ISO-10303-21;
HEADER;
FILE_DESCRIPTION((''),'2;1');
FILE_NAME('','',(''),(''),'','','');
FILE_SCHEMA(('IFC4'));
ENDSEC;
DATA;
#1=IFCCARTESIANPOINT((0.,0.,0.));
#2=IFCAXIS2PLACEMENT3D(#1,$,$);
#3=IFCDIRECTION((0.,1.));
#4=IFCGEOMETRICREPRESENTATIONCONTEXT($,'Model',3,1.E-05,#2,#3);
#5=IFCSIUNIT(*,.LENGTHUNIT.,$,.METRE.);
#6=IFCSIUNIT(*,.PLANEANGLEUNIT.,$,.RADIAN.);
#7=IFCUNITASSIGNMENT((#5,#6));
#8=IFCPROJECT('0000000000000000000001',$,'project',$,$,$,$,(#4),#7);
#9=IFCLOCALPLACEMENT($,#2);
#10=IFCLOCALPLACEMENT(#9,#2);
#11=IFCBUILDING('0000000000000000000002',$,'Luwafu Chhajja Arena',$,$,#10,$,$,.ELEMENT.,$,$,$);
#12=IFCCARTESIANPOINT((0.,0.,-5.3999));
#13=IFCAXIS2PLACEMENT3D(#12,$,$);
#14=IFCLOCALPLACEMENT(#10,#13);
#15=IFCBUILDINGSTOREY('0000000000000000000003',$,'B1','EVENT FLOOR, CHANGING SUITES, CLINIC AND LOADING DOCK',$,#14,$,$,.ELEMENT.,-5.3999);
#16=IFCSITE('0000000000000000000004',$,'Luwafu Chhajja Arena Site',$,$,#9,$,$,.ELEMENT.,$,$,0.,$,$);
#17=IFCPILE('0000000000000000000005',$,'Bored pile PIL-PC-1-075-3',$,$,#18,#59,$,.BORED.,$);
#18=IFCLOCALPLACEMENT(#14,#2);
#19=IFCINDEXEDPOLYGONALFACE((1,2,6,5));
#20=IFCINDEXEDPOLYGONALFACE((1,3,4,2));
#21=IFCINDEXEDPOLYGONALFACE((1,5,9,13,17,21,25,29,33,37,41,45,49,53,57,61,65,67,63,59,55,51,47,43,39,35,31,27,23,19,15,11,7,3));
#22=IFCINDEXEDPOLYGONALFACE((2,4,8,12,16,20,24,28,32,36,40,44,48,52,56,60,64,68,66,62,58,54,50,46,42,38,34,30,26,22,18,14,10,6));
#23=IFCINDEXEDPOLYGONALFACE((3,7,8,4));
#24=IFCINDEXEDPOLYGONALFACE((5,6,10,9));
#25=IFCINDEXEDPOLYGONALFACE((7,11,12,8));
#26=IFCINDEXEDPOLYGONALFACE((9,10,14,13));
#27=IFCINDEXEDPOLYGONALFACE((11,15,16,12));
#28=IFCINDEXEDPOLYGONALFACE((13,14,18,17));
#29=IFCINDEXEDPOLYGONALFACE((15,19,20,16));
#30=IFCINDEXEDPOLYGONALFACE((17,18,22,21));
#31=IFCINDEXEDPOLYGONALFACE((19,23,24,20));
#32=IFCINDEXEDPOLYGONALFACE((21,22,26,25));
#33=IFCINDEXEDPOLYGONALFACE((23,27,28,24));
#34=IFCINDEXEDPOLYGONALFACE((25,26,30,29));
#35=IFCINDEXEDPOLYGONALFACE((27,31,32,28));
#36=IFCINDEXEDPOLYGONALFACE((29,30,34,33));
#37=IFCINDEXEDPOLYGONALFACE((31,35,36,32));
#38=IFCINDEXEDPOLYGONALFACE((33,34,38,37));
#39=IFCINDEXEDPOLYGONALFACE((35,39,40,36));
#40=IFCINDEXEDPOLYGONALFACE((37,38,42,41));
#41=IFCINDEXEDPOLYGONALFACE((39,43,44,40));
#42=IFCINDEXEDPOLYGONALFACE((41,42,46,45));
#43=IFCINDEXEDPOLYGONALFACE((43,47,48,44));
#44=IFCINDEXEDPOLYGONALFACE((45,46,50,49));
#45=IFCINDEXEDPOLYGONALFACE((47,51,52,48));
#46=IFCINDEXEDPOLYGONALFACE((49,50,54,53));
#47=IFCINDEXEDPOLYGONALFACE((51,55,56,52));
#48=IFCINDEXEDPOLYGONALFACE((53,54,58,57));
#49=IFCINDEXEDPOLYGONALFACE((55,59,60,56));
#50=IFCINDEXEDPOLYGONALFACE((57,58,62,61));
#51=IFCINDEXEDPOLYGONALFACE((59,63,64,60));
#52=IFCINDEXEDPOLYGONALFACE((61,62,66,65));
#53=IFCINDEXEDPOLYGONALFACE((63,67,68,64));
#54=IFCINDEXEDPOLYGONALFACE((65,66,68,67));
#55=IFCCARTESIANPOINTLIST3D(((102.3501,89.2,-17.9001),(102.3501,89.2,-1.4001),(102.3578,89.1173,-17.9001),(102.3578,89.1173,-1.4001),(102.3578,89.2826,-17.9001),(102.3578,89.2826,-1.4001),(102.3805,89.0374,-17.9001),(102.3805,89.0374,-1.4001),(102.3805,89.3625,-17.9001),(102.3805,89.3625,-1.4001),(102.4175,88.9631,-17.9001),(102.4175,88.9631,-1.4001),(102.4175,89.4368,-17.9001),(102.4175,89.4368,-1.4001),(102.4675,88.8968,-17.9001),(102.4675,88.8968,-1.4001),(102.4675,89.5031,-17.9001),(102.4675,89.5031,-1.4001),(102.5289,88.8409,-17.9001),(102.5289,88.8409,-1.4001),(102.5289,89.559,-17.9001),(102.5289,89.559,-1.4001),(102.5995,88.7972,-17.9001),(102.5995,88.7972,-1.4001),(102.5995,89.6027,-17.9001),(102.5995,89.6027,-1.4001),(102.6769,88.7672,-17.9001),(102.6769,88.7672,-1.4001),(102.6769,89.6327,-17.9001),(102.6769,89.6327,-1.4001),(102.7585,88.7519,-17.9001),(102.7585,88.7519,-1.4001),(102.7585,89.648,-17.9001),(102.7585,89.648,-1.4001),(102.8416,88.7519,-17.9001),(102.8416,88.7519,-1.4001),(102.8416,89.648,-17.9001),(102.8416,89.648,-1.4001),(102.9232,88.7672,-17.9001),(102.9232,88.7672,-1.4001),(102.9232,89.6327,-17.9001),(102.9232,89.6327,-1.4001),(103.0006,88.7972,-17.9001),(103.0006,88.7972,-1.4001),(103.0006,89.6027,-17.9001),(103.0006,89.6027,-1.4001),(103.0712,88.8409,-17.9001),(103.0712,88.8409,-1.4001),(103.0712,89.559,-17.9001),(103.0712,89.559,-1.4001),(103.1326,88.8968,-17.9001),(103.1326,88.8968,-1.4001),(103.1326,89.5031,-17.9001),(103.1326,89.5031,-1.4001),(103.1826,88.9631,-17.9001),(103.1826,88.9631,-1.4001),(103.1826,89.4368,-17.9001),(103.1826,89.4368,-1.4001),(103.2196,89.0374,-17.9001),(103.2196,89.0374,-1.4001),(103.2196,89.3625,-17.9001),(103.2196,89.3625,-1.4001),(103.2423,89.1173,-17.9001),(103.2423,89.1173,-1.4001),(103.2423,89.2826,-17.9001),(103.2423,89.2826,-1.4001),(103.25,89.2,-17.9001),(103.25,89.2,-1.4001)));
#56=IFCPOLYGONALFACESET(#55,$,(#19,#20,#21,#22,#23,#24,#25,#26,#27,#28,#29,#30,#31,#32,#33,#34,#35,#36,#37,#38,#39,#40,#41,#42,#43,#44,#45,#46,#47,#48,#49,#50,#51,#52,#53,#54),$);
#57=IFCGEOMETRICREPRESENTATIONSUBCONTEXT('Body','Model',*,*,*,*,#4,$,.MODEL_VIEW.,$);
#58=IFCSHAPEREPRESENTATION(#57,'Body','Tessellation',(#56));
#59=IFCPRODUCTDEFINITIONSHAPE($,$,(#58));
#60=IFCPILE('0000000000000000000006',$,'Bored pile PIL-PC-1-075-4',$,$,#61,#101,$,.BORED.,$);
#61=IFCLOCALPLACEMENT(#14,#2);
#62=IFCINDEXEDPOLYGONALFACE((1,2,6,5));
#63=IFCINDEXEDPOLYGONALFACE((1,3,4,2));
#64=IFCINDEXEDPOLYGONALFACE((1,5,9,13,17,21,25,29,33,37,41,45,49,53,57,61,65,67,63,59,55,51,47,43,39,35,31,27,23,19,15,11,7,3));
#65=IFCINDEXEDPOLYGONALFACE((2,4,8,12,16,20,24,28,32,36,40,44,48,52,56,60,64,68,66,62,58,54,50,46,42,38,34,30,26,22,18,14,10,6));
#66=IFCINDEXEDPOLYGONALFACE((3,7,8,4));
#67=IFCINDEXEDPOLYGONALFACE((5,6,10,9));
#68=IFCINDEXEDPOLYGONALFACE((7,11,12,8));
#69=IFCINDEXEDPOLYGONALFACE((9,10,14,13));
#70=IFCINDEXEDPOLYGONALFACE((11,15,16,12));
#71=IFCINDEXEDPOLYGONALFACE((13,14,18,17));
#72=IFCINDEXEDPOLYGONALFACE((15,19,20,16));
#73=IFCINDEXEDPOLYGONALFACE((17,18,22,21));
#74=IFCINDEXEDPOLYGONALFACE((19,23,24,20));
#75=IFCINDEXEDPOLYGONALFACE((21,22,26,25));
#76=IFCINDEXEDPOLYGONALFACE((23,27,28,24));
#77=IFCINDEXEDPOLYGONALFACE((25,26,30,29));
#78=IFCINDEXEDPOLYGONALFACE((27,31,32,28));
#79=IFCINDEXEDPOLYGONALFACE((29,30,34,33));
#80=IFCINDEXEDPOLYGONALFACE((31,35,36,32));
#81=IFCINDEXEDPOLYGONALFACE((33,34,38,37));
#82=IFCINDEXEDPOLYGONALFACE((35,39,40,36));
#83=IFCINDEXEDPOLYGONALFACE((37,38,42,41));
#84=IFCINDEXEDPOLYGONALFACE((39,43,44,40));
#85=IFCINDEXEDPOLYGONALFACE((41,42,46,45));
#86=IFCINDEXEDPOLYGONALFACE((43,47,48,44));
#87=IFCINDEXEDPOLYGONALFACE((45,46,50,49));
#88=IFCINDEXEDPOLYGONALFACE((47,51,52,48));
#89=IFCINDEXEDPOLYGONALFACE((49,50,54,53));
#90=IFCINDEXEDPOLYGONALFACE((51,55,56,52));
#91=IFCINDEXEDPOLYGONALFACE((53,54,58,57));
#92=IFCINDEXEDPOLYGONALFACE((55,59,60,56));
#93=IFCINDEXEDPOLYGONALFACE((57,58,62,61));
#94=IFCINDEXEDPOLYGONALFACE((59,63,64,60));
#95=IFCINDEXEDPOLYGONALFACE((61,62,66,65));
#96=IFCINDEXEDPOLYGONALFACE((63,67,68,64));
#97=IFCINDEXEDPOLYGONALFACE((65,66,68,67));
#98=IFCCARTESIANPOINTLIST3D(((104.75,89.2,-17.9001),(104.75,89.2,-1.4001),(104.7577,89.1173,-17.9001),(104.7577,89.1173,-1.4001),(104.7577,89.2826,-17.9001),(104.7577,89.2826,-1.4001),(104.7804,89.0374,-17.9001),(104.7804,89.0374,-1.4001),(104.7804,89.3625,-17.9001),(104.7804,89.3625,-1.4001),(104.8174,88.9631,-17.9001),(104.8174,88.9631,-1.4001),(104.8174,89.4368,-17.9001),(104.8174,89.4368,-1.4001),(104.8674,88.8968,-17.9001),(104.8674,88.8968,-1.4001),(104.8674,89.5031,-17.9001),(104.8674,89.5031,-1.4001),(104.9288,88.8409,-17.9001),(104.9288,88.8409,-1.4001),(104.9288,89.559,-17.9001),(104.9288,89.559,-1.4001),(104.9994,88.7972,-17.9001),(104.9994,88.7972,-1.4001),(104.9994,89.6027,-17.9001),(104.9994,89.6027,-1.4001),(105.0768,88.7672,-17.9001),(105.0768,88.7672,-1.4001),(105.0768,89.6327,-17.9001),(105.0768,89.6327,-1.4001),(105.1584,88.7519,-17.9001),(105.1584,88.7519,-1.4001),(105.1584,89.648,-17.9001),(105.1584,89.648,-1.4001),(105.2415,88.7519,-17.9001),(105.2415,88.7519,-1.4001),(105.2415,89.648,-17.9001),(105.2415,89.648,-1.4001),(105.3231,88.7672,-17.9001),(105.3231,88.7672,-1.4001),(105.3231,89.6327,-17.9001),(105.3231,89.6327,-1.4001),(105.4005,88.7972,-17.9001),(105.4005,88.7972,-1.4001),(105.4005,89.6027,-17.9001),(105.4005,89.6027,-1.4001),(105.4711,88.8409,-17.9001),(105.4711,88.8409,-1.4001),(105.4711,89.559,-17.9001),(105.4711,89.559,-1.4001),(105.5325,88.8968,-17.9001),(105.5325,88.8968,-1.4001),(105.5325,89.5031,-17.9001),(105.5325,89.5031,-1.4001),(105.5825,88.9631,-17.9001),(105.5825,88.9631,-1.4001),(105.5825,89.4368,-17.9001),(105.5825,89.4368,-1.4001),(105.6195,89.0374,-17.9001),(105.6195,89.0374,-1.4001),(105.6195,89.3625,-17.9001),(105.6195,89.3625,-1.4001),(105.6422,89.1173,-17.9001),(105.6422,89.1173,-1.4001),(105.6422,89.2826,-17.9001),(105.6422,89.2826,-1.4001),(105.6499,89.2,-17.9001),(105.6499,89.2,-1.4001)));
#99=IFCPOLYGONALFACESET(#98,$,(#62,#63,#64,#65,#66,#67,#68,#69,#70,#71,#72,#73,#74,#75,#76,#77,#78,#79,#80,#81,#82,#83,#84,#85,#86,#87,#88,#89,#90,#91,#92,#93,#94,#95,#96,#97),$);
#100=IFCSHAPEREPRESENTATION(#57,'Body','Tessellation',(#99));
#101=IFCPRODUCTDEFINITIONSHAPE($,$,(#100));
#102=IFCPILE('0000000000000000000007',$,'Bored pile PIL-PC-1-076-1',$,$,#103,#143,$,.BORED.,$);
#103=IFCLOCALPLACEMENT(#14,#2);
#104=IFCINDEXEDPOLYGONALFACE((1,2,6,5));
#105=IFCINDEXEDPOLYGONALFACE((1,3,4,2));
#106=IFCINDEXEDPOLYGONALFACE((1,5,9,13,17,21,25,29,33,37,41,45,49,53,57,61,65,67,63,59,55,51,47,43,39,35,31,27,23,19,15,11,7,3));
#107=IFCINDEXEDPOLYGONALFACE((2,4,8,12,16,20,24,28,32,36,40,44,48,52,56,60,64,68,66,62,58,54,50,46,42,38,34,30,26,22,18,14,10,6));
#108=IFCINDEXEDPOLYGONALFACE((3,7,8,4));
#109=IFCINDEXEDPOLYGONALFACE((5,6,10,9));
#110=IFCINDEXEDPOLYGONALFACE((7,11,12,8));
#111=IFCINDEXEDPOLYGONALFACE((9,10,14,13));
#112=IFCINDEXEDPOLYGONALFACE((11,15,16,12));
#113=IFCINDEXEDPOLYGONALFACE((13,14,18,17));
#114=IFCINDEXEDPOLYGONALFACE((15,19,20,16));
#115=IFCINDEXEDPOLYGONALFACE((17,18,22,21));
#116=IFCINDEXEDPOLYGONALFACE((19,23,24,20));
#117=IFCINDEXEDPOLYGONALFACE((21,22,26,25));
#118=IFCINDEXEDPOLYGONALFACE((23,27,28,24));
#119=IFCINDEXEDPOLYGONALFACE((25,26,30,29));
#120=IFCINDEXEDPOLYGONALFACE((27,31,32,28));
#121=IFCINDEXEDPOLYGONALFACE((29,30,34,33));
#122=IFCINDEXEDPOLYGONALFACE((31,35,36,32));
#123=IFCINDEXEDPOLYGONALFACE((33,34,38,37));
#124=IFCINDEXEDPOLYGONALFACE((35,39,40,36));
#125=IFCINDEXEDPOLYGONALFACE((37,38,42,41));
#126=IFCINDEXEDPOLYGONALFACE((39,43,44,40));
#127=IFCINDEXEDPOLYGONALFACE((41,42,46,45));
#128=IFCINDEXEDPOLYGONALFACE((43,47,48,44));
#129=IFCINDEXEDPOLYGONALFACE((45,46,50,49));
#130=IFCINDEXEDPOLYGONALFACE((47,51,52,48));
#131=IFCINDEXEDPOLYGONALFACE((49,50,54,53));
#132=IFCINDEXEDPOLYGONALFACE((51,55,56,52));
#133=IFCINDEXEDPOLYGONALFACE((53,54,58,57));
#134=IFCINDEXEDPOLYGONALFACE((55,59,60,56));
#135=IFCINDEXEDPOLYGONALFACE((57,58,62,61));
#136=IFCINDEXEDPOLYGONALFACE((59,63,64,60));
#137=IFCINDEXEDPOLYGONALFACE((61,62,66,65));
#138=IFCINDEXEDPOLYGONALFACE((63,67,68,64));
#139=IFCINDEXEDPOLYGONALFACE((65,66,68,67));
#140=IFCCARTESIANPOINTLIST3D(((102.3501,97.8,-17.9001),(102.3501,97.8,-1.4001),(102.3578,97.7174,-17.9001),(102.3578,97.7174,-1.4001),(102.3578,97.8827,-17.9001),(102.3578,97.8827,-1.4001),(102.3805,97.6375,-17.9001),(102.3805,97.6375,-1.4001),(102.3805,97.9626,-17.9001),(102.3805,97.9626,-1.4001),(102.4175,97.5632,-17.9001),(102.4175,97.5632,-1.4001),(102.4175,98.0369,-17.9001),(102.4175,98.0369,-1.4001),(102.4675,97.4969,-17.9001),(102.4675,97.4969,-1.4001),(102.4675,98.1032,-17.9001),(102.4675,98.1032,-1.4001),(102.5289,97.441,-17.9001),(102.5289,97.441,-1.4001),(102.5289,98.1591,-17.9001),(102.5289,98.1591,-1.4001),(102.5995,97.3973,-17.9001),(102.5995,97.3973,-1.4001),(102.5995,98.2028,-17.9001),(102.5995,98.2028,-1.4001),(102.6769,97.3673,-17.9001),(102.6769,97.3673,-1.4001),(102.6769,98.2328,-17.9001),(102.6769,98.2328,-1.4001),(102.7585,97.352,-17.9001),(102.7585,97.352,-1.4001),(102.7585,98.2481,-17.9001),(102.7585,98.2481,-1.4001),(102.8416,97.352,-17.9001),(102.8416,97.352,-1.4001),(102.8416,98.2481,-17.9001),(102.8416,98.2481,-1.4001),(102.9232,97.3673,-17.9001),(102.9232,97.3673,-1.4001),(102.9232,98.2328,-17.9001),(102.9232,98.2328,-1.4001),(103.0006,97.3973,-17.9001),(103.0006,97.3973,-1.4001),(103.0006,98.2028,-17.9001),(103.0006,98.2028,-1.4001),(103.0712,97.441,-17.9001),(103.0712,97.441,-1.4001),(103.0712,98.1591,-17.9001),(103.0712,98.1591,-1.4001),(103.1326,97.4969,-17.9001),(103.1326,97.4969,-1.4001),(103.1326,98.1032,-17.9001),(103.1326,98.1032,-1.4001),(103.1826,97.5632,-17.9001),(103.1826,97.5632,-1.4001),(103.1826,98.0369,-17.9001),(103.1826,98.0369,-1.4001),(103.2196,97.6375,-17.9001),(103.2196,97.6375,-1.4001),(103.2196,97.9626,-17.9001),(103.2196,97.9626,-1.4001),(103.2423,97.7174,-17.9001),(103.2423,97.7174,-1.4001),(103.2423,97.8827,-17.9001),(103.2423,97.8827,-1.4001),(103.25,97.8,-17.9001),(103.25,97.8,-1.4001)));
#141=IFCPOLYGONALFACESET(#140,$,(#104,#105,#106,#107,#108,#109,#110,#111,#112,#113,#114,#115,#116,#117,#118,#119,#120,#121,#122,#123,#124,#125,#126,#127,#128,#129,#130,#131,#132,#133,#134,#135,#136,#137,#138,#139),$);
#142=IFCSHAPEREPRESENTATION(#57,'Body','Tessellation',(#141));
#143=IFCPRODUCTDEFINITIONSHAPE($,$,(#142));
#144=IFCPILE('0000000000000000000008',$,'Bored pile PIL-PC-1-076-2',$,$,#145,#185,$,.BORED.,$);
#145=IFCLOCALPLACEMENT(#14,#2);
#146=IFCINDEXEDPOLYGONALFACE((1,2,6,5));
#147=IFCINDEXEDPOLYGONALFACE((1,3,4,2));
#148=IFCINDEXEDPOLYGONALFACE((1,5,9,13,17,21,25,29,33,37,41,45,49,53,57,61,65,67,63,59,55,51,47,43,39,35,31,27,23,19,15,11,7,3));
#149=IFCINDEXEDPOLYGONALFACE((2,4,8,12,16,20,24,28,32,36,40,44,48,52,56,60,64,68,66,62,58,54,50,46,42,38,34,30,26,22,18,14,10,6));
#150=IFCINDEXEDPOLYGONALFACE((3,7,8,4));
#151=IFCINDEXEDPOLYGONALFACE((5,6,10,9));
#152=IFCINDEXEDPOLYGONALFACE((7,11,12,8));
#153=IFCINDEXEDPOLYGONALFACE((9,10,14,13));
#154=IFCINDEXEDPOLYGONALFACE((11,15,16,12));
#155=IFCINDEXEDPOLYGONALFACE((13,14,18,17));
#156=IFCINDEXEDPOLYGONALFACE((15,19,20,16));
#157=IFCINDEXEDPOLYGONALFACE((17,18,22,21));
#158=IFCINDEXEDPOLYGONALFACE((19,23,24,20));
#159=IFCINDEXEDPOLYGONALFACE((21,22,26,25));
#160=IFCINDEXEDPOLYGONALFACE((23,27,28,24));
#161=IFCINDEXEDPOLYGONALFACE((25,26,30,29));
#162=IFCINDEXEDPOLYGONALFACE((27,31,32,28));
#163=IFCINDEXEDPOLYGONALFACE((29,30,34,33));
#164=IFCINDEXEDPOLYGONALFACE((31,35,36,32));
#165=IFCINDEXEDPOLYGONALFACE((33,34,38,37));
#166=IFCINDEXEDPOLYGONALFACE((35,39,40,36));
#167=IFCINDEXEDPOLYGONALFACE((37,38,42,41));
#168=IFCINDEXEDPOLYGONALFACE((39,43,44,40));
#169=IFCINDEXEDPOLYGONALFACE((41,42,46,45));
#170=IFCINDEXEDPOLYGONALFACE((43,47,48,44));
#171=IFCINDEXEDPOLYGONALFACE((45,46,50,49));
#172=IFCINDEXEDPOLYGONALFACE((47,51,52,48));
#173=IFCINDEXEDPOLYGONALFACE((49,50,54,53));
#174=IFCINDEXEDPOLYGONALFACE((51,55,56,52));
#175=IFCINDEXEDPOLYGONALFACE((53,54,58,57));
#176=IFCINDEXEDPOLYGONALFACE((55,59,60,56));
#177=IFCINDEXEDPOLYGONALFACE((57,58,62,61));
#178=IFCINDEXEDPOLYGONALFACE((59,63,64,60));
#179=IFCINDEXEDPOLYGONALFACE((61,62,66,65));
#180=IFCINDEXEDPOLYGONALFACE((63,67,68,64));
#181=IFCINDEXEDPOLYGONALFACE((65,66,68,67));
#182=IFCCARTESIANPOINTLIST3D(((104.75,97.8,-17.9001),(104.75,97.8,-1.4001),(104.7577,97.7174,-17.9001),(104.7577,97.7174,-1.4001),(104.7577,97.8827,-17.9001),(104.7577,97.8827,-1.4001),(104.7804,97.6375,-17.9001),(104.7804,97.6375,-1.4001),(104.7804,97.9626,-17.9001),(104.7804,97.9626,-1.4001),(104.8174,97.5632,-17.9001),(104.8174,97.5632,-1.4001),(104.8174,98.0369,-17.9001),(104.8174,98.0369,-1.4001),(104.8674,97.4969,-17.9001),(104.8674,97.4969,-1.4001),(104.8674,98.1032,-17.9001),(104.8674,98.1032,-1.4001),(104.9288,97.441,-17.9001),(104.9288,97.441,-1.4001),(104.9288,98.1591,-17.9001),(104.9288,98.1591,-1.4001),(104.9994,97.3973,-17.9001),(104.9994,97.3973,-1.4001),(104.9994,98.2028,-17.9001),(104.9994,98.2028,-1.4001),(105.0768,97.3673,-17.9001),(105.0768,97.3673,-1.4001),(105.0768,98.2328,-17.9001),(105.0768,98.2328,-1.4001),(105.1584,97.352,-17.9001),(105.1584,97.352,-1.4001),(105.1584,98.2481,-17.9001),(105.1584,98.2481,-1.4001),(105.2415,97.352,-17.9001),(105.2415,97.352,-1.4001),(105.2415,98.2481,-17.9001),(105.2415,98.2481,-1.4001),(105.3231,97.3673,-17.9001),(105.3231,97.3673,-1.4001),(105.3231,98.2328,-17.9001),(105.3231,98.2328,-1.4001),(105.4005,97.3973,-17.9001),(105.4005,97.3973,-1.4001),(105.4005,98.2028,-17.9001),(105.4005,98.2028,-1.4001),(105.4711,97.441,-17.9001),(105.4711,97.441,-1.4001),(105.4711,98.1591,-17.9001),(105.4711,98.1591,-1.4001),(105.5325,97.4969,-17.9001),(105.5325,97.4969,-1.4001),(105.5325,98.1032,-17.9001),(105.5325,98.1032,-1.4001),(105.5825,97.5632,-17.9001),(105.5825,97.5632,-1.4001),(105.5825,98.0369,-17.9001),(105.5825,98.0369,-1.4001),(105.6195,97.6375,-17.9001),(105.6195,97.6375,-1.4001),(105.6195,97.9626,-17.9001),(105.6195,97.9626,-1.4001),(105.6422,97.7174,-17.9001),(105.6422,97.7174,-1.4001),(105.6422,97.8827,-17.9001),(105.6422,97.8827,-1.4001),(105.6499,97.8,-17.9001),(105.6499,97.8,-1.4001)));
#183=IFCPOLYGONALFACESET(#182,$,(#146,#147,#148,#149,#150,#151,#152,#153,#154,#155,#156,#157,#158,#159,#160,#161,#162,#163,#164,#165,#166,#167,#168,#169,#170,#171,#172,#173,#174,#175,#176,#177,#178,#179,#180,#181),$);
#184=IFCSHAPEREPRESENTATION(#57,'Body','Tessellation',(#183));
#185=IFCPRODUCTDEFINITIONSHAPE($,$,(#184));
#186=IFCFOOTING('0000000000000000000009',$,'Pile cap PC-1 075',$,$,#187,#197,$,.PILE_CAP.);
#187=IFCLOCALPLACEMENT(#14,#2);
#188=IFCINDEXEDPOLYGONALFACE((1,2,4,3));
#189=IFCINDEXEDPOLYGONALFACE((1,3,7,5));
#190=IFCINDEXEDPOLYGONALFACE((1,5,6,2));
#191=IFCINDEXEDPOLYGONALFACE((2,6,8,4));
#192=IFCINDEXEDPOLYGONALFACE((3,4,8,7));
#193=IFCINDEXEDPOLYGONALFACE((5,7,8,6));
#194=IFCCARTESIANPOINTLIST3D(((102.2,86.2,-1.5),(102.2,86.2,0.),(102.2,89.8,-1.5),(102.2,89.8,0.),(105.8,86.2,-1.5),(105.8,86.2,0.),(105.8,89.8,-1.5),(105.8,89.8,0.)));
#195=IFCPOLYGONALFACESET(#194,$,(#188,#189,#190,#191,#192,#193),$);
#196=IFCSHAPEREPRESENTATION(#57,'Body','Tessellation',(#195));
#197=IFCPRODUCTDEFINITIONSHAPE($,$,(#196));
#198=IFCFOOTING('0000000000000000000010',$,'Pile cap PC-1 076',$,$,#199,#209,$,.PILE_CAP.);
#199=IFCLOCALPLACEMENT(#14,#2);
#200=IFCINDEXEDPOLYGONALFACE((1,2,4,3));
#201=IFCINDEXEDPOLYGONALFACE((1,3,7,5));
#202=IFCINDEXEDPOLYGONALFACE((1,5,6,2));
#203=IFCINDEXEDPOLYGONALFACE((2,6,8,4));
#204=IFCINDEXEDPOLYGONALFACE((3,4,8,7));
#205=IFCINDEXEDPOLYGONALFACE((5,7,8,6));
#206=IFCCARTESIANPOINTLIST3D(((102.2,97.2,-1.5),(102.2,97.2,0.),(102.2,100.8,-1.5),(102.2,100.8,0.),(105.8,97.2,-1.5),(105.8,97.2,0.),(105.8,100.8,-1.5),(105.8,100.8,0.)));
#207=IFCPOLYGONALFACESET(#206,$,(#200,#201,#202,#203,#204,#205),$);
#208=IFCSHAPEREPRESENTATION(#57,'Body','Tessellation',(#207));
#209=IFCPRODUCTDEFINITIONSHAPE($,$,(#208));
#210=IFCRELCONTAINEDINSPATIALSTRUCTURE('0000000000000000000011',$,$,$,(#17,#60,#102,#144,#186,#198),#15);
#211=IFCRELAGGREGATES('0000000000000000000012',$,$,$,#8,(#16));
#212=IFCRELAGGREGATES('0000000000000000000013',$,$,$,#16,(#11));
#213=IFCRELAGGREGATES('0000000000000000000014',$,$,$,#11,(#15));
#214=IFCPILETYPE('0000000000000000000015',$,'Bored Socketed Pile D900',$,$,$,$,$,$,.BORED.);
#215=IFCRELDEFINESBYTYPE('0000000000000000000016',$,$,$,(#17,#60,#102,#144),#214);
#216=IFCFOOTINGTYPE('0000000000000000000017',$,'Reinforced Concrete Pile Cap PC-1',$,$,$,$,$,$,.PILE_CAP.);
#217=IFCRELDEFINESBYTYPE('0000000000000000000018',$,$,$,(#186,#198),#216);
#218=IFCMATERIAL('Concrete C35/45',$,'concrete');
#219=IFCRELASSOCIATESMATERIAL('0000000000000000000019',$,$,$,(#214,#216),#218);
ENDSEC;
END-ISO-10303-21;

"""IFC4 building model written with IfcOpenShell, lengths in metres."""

from ifc_helpers import new_model, si_unit, direction, frame, origin, origin_2d, place, context, subcontext, project, spatial, rectangle, circle, extrude, material, material_profile, profile_set, type_object, element, save


model = new_model("IFC4")

# Units and contexts
model_context = context("Model", 3, precision=1e-05, world=origin(), true_north=direction((0.0, 1.0)))
body_context = subcontext(model_context, "Body", "Model", "MODEL_VIEW")
ifc_project = project(units=[si_unit("LENGTHUNIT", "METRE"), si_unit("PLANEANGLEUNIT", "RADIAN")], contexts=[model_context])

# Site, building, storey
site_placement = place(None, origin())
site = spatial("IfcSite", under=ifc_project, at=site_placement, Name="Luwafu Chhajja Arena Site", CompositionType="ELEMENT", RefElevation=0.0)
building_placement = place(site_placement, origin())
building = spatial("IfcBuilding", under=site, at=building_placement, Name="Luwafu Chhajja Arena", CompositionType="ELEMENT")
storey_placement = place(building_placement, frame((0.0, 0.0, -5.3999)))
storey = spatial("IfcBuildingStorey", under=building, at=storey_placement, Name="B1", Description="EVENT FLOOR, CHANGING SUITES, CLINIC AND LOADING DOCK", CompositionType="ELEMENT", Elevation=-5.3999)

# Shared definitions
ifc_material_1 = material(Name="Concrete C35/45", Category="concrete")

# Piles
ifc_material_profile_1 = material_profile(ifc_material_1, circle(Radius=0.45, at=origin_2d()), Name="PILE D900")
ifc_profile_set_1 = profile_set([ifc_material_profile_1], Name="Concrete C35/45")
pile_type_1 = type_object("IfcPileType", Name="Bored Socketed Pile D900", PredefinedType="BORED", material=ifc_profile_set_1)
for number, where, z_axis, x_axis, name in (
    (1, (102.8, 89.2, -1.4001), (0.0, 0.0, -1.0), (1.0, 0.0, 0.0), "Bored pile PIL-PC-1-075-3"),
    (2, (105.2, 89.2, -1.4001), (0.0, 0.0, -1.0), (1.0, 0.0, 0.0), "Bored pile PIL-PC-1-075-4"),
    (3, (102.8, 97.8, -1.4001), (0.0, 0.0, -1.0), (1.0, 0.0, 0.0), "Bored pile PIL-PC-1-076-1"),
    (4, (105.2, 97.8, -1.4001), (0.0, 0.0, -1.0), (1.0, 0.0, 0.0), "Bored pile PIL-PC-1-076-2"),
):
    element("IfcPile", number, at=place(storey_placement, frame(where, z_axis=z_axis, x_axis=x_axis)), inside=storey, type_object=pile_type_1, Name=name, PredefinedType="BORED", context=body_context, shape_type="SweptSolid", body=[
        extrude(circle(Radius=0.45, at=origin_2d()), origin(), (0.0, 0.0, 1.0), 16.5),
    ])

# Footings
footing_type_1 = type_object("IfcFootingType", Name="Reinforced Concrete Pile Cap PC-1", PredefinedType="PILE_CAP", material=ifc_material_1)
for number, where, z_axis, x_axis, name in (
    (5, (104.0, 88.0, -1.5), (0.0, 0.0, 1.0), (1.0, 0.0, 0.0), "Pile cap PC-1 075"),
    (6, (104.0, 99.0, -1.5), (0.0, 0.0, 1.0), (1.0, 0.0, 0.0), "Pile cap PC-1 076"),
):
    element("IfcFooting", number, at=place(storey_placement, frame(where, z_axis=z_axis, x_axis=x_axis)), inside=storey, type_object=footing_type_1, Name=name, PredefinedType="PILE_CAP", context=body_context, shape_type="SweptSolid", body=[
        extrude(rectangle(XDim=3.6001, YDim=3.6001, at=origin_2d()), origin(), (0.0, 0.0, 1.0), 1.5),
    ])

save(model, "model.ifc")
